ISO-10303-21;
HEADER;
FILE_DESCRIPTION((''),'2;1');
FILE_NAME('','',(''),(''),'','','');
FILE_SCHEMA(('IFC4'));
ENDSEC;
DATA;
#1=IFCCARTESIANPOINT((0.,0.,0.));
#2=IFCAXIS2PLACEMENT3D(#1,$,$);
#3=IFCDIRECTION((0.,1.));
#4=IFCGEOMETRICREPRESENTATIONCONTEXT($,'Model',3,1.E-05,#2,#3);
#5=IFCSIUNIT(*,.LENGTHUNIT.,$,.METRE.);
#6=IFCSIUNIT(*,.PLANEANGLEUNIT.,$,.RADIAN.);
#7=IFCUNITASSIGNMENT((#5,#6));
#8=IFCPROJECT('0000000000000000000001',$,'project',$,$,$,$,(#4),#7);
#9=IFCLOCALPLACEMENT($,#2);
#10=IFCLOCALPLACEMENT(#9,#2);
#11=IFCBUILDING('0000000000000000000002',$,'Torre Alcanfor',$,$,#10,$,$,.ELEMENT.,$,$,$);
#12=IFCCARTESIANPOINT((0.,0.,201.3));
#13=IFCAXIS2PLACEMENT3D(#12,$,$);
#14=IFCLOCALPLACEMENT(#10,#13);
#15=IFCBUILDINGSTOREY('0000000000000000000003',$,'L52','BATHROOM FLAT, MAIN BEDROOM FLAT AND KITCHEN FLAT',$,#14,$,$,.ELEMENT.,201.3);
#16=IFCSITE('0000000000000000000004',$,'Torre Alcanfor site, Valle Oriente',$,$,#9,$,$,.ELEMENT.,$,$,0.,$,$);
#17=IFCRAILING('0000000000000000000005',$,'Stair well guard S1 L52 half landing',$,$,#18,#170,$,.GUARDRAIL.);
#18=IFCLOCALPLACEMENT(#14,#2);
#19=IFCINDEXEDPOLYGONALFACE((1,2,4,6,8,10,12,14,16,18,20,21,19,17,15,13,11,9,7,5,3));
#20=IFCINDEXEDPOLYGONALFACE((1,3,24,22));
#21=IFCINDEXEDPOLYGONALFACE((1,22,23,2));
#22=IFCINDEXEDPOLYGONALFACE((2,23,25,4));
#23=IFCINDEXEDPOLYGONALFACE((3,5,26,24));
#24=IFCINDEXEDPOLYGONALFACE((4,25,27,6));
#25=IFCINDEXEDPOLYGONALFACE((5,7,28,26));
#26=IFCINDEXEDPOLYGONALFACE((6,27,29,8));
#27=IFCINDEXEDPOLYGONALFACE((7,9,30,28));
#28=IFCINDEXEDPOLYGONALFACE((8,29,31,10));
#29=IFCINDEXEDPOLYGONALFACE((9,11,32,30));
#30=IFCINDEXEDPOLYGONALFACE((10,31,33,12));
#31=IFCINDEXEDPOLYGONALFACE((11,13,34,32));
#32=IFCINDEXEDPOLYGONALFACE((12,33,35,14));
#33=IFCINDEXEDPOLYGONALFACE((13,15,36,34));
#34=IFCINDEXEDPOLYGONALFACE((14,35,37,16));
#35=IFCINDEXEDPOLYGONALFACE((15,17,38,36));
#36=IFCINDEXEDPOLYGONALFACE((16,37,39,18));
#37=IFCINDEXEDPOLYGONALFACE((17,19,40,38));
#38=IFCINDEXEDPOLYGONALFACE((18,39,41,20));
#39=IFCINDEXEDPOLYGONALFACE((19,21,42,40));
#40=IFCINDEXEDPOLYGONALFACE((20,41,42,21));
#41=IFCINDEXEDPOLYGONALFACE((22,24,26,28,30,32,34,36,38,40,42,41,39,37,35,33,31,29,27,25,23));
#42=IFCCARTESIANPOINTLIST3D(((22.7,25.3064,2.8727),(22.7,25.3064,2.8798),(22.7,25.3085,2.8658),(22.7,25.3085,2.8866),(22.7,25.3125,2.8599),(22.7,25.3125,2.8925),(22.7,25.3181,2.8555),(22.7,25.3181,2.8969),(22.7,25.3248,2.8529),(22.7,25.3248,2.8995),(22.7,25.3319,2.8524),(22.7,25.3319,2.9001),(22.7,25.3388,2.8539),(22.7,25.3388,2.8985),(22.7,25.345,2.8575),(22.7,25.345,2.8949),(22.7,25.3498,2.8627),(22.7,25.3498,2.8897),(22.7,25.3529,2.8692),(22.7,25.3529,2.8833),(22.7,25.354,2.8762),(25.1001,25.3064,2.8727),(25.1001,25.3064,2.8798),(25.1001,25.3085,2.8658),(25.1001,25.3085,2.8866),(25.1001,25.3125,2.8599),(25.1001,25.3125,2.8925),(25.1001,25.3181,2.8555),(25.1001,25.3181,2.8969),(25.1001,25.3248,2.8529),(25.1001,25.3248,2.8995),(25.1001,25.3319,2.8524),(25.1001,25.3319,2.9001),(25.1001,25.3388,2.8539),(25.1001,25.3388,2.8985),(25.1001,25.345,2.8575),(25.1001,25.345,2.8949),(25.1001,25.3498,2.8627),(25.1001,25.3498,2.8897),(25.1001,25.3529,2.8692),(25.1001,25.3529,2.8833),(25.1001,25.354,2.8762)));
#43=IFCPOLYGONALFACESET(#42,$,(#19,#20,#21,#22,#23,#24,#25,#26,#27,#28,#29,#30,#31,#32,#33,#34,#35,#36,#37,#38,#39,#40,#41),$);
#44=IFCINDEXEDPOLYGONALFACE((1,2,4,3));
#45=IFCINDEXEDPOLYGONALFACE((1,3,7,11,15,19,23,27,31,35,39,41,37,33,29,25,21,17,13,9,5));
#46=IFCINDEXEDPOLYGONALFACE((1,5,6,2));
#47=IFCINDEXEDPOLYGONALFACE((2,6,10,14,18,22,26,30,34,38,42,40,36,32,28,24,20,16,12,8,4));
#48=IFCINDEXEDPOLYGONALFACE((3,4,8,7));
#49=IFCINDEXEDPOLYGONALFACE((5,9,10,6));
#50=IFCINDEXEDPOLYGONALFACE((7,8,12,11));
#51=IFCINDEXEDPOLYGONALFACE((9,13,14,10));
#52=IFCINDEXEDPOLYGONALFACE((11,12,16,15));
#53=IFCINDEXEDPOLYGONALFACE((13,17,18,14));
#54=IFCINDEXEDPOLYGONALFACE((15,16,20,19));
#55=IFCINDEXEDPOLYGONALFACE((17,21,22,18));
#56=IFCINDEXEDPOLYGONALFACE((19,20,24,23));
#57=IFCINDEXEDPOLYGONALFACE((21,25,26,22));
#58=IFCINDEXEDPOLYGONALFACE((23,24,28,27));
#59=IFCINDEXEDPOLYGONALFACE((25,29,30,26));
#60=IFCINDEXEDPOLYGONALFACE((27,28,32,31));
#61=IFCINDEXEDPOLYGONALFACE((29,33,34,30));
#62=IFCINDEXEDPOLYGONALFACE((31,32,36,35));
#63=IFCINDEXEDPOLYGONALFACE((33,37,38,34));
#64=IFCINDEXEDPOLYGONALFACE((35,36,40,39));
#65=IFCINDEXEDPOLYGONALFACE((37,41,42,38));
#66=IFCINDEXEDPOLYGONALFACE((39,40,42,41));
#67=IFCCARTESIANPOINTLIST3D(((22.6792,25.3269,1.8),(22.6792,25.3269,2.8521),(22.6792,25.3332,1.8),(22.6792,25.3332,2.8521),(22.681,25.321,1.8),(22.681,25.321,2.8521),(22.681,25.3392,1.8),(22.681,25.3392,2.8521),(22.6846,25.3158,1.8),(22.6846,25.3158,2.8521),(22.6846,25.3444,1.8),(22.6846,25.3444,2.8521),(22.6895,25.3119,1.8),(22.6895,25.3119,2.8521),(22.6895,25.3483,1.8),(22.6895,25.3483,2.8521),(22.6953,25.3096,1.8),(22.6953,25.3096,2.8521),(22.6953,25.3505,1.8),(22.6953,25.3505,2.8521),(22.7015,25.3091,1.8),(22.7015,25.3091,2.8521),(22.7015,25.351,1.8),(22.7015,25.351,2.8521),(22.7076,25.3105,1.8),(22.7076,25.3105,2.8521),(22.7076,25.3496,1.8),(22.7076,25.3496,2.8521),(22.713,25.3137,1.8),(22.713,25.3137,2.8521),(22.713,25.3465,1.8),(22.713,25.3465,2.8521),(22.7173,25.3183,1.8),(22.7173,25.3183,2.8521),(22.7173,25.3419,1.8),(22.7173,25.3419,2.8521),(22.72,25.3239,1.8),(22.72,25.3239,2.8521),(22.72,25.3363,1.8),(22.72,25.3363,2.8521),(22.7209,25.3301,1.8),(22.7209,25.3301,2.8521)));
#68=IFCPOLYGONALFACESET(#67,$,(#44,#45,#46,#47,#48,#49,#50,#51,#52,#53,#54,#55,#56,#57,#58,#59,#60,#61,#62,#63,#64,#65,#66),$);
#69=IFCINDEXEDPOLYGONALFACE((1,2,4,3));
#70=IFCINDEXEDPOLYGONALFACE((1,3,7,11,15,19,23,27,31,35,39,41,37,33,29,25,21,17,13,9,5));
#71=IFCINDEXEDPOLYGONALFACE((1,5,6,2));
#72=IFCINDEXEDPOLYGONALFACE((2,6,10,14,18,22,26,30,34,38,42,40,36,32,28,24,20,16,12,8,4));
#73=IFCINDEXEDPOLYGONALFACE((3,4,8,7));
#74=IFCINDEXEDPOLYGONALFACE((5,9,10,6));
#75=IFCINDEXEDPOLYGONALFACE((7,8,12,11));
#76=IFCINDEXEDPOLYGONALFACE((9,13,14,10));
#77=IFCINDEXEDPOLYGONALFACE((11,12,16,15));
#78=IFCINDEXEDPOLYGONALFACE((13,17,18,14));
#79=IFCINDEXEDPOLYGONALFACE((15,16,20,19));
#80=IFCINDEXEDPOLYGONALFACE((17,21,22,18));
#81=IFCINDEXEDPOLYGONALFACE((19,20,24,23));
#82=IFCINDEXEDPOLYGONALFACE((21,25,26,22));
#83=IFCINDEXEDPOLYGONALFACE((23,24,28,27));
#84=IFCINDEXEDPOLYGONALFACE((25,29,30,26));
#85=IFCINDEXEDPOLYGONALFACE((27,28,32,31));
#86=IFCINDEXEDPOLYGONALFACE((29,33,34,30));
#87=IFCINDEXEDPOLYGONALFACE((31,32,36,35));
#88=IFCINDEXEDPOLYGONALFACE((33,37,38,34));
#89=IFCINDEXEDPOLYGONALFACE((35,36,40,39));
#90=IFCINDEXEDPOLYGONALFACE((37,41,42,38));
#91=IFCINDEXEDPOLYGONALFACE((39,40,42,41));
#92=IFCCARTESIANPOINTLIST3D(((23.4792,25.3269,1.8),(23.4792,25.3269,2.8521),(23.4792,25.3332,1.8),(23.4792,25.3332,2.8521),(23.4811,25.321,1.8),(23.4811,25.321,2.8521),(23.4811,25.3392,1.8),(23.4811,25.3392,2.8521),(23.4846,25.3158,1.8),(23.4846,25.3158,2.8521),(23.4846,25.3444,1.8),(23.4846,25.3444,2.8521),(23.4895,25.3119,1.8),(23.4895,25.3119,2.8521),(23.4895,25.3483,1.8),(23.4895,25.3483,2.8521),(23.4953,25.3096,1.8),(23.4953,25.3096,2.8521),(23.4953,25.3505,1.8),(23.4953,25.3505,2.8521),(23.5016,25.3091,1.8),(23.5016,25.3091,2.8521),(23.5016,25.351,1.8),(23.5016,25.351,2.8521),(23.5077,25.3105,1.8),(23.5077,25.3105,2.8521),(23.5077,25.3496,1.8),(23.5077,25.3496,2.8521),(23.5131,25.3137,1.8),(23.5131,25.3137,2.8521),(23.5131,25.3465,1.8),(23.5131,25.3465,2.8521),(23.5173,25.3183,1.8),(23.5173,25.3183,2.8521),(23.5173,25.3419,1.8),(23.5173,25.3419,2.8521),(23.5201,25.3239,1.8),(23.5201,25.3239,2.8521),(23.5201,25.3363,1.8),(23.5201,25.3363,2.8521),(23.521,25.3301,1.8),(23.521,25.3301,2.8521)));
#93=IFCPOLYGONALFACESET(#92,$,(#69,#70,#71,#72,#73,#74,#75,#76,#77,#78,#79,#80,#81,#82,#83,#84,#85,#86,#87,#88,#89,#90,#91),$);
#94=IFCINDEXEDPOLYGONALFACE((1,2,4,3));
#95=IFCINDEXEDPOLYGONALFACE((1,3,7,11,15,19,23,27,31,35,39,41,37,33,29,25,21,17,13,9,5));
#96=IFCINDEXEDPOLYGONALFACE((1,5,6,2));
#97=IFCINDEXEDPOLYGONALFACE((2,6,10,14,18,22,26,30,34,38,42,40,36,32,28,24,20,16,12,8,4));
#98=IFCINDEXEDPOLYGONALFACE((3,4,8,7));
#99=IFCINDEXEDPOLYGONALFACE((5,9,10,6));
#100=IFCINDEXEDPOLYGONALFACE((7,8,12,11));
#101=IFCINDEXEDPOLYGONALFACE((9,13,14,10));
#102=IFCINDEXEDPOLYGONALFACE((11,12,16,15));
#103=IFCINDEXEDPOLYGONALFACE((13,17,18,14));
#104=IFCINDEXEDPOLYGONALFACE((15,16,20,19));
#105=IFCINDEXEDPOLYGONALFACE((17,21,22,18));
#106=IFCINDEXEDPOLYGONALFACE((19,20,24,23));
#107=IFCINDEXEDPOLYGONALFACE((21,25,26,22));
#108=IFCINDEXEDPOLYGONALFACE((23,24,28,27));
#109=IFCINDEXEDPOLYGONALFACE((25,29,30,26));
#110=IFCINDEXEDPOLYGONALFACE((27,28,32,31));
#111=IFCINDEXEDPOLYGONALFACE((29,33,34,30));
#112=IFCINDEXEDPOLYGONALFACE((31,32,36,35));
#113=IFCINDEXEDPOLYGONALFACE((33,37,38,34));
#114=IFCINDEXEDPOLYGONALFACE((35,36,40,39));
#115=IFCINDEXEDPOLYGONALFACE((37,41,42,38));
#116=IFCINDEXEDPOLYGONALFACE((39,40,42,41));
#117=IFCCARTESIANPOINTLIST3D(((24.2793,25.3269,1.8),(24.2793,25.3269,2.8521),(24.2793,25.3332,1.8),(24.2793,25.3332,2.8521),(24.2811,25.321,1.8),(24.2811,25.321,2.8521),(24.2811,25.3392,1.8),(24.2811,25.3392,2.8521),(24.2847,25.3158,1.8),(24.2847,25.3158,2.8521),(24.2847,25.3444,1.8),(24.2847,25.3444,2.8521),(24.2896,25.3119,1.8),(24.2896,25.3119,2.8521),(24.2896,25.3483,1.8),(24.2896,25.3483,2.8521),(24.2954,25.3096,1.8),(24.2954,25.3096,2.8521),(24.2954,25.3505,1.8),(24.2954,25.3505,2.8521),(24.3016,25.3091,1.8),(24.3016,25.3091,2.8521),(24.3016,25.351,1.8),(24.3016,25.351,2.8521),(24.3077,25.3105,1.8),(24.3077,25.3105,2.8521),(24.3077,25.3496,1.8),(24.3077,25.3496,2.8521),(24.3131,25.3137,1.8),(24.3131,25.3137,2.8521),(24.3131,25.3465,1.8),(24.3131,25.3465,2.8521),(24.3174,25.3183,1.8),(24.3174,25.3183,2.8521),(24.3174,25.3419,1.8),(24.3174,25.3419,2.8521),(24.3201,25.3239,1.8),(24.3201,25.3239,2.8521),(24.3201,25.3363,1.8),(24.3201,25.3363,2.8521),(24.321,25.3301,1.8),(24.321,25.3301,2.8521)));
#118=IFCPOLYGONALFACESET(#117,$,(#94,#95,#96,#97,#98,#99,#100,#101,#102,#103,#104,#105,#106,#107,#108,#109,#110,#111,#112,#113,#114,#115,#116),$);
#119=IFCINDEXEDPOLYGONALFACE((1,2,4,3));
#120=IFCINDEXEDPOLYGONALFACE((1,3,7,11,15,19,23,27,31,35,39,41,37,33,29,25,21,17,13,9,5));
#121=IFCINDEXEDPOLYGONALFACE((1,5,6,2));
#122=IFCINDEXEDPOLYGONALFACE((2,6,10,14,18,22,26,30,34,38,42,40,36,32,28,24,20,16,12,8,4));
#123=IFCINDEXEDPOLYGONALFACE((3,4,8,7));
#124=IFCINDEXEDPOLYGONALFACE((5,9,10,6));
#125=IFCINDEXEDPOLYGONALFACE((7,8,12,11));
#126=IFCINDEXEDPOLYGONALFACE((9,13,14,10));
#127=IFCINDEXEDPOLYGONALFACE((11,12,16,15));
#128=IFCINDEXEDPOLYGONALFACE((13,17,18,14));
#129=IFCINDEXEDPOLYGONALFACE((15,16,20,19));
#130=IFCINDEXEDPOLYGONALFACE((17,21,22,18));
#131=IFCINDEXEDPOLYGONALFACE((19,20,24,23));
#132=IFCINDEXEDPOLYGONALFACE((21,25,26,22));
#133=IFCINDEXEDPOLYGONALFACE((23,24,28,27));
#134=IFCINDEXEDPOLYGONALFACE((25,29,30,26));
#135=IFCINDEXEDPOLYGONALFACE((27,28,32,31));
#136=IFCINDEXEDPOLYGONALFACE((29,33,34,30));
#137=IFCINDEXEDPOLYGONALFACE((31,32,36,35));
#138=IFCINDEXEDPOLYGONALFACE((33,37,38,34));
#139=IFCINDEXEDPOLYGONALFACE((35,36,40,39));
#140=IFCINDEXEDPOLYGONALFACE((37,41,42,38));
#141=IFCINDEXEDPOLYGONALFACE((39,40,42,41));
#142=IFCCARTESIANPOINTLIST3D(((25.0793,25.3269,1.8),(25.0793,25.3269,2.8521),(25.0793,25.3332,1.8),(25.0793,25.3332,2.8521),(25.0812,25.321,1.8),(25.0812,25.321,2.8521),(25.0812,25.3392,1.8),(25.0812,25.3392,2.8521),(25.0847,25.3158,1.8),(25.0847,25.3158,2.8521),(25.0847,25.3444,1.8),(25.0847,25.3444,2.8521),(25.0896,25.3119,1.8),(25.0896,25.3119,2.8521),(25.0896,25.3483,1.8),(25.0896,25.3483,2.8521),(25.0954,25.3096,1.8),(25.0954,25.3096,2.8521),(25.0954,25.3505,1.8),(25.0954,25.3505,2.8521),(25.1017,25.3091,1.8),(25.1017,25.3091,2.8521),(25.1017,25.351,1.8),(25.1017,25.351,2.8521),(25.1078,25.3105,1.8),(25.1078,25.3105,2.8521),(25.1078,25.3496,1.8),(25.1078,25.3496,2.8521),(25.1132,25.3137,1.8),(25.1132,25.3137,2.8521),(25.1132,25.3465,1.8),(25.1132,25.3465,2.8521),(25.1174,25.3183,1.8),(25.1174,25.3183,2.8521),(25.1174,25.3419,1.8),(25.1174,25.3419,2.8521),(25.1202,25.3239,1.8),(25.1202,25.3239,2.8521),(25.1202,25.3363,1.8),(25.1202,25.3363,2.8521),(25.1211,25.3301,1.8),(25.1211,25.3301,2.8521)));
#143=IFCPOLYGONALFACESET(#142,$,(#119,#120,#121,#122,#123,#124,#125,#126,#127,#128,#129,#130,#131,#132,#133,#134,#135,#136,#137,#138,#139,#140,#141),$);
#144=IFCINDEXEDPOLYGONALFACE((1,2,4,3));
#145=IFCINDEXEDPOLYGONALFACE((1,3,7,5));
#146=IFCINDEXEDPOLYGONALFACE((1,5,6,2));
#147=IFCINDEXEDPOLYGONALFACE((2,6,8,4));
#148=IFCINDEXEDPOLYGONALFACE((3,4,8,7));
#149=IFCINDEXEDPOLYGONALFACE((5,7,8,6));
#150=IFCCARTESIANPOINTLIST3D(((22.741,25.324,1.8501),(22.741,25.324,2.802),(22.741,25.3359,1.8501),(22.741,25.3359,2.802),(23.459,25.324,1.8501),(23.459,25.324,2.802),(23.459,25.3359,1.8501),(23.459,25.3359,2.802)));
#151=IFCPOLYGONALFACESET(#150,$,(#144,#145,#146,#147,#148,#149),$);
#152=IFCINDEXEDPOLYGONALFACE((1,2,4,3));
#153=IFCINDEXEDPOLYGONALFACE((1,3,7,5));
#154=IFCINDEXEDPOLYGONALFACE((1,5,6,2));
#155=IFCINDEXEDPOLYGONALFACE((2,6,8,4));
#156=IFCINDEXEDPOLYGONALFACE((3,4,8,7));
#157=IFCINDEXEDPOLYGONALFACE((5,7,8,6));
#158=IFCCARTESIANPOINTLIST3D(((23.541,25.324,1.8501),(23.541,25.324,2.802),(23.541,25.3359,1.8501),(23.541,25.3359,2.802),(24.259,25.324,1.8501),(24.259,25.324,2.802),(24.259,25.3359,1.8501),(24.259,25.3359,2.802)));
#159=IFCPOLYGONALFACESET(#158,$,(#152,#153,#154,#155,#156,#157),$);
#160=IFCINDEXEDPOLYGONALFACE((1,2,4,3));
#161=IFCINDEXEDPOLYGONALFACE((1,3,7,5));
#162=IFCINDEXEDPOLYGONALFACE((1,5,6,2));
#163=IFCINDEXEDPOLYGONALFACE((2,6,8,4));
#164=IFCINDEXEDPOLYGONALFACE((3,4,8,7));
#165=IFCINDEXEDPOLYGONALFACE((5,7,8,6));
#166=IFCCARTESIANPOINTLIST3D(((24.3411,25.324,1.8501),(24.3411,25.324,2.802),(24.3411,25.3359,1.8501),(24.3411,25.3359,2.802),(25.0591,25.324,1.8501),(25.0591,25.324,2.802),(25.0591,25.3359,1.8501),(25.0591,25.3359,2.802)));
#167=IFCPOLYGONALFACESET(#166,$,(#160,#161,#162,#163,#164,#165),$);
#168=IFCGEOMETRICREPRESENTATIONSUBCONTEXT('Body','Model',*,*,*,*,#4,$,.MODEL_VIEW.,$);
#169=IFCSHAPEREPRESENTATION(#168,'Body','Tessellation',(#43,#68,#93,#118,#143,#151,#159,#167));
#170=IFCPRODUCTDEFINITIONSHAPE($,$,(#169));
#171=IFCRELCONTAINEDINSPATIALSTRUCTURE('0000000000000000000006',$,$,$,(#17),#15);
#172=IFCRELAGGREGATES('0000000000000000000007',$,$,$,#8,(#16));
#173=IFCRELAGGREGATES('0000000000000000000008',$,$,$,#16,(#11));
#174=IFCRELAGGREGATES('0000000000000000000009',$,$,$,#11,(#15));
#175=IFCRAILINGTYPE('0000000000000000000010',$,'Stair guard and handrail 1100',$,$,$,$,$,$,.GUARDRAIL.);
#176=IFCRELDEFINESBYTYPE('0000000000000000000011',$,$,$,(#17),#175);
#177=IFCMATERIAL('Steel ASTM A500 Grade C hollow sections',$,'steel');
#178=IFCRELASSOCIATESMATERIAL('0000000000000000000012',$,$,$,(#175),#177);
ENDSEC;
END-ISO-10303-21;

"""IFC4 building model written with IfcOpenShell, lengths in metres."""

from ifc_helpers import new_model, si_unit, direction, frame, origin, origin_2d, place, context, subcontext, project, spatial, polyline, circle, outline, extrude, material, type_object, element, save


model = new_model("IFC4")

# Units and contexts
model_context = context("Model", 3, precision=1e-05, world=origin(), true_north=direction((0.0, 1.0)))
body_context = subcontext(model_context, "Body", "Model", "MODEL_VIEW")
ifc_project = project(units=[si_unit("LENGTHUNIT", "METRE"), si_unit("PLANEANGLEUNIT", "RADIAN")], contexts=[model_context])

# Site, building, storey
site_placement = place(None, origin())
site = spatial("IfcSite", under=ifc_project, at=site_placement, Name="Torre Alcanfor site, Valle Oriente", CompositionType="ELEMENT", RefElevation=0.0)
building_placement = place(site_placement, origin())
building = spatial("IfcBuilding", under=site, at=building_placement, Name="Torre Alcanfor", CompositionType="ELEMENT")
storey_placement = place(building_placement, frame((0.0, 0.0, 201.3)))
storey = spatial("IfcBuildingStorey", under=building, at=storey_placement, Name="L52", Description="BATHROOM FLAT, MAIN BEDROOM FLAT AND KITCHEN FLAT", CompositionType="ELEMENT", Elevation=201.3)

# Railing
ifc_material_1 = material(Name="Steel ASTM A500 Grade C hollow sections", Category="steel")
railing_type_1 = type_object("IfcRailingType", Name="Stair guard and handrail 1100", PredefinedType="GUARDRAIL", material=ifc_material_1)
for number, where, name in (
    (1, (22.7, 25.3301, 1.8), "Stair well guard S1 L52 half landing"),
):
    element("IfcRailing", number, at=place(storey_placement, frame(where)), inside=storey, type_object=railing_type_1, Name=name, PredefinedType="GUARDRAIL", context=body_context, shape_type="SweptSolid", body=[
        extrude(circle(Radius=0.0239, at=origin_2d()), frame((0.0, 0.0, 1.0762), z_axis=(1.0, 0.0, 0.0), x_axis=(0.0, 1.0, 0.0)), (0.0, 0.0, 1.0), 2.4001),
        extrude(circle(Radius=0.021, at=origin_2d()), origin(), (0.0, 0.0, 1.0), 1.052),
        extrude(circle(Radius=0.021, at=origin_2d()), frame((0.8, 0.0, 0.0)), (0.0, 0.0, 1.0), 1.052),
        extrude(circle(Radius=0.021, at=origin_2d()), frame((1.6001, 0.0, 0.0)), (0.0, 0.0, 1.0), 1.052),
        extrude(circle(Radius=0.021, at=origin_2d()), frame((2.4001, 0.0, 0.0)), (0.0, 0.0, 1.0), 1.052),
        extrude(outline(polyline([(0.041, 0.05), (0.759, 0.05), (0.759, 1.002), (0.041, 1.002), (0.041, 0.05)])), frame((0.0, 0.0059, 0.0), z_axis=(0.0, -1.0, 0.0), x_axis=(1.0, 0.0, 0.0)), (0.0, 0.0, 1.0), 0.012),
        extrude(outline(polyline([(0.8411, 0.05), (1.5591, 0.05), (1.5591, 1.002), (0.8411, 1.002), (0.8411, 0.05)])), frame((0.0, 0.0059, 0.0), z_axis=(0.0, -1.0, 0.0), x_axis=(1.0, 0.0, 0.0)), (0.0, 0.0, 1.0), 0.012),
        extrude(outline(polyline([(1.6411, 0.05), (2.3591, 0.05), (2.3591, 1.002), (1.6411, 1.002), (1.6411, 0.05)])), frame((0.0, 0.0059, 0.0), z_axis=(0.0, -1.0, 0.0), x_axis=(1.0, 0.0, 0.0)), (0.0, 0.0, 1.0), 0.012),
    ])

save(model, "model.ifc")
